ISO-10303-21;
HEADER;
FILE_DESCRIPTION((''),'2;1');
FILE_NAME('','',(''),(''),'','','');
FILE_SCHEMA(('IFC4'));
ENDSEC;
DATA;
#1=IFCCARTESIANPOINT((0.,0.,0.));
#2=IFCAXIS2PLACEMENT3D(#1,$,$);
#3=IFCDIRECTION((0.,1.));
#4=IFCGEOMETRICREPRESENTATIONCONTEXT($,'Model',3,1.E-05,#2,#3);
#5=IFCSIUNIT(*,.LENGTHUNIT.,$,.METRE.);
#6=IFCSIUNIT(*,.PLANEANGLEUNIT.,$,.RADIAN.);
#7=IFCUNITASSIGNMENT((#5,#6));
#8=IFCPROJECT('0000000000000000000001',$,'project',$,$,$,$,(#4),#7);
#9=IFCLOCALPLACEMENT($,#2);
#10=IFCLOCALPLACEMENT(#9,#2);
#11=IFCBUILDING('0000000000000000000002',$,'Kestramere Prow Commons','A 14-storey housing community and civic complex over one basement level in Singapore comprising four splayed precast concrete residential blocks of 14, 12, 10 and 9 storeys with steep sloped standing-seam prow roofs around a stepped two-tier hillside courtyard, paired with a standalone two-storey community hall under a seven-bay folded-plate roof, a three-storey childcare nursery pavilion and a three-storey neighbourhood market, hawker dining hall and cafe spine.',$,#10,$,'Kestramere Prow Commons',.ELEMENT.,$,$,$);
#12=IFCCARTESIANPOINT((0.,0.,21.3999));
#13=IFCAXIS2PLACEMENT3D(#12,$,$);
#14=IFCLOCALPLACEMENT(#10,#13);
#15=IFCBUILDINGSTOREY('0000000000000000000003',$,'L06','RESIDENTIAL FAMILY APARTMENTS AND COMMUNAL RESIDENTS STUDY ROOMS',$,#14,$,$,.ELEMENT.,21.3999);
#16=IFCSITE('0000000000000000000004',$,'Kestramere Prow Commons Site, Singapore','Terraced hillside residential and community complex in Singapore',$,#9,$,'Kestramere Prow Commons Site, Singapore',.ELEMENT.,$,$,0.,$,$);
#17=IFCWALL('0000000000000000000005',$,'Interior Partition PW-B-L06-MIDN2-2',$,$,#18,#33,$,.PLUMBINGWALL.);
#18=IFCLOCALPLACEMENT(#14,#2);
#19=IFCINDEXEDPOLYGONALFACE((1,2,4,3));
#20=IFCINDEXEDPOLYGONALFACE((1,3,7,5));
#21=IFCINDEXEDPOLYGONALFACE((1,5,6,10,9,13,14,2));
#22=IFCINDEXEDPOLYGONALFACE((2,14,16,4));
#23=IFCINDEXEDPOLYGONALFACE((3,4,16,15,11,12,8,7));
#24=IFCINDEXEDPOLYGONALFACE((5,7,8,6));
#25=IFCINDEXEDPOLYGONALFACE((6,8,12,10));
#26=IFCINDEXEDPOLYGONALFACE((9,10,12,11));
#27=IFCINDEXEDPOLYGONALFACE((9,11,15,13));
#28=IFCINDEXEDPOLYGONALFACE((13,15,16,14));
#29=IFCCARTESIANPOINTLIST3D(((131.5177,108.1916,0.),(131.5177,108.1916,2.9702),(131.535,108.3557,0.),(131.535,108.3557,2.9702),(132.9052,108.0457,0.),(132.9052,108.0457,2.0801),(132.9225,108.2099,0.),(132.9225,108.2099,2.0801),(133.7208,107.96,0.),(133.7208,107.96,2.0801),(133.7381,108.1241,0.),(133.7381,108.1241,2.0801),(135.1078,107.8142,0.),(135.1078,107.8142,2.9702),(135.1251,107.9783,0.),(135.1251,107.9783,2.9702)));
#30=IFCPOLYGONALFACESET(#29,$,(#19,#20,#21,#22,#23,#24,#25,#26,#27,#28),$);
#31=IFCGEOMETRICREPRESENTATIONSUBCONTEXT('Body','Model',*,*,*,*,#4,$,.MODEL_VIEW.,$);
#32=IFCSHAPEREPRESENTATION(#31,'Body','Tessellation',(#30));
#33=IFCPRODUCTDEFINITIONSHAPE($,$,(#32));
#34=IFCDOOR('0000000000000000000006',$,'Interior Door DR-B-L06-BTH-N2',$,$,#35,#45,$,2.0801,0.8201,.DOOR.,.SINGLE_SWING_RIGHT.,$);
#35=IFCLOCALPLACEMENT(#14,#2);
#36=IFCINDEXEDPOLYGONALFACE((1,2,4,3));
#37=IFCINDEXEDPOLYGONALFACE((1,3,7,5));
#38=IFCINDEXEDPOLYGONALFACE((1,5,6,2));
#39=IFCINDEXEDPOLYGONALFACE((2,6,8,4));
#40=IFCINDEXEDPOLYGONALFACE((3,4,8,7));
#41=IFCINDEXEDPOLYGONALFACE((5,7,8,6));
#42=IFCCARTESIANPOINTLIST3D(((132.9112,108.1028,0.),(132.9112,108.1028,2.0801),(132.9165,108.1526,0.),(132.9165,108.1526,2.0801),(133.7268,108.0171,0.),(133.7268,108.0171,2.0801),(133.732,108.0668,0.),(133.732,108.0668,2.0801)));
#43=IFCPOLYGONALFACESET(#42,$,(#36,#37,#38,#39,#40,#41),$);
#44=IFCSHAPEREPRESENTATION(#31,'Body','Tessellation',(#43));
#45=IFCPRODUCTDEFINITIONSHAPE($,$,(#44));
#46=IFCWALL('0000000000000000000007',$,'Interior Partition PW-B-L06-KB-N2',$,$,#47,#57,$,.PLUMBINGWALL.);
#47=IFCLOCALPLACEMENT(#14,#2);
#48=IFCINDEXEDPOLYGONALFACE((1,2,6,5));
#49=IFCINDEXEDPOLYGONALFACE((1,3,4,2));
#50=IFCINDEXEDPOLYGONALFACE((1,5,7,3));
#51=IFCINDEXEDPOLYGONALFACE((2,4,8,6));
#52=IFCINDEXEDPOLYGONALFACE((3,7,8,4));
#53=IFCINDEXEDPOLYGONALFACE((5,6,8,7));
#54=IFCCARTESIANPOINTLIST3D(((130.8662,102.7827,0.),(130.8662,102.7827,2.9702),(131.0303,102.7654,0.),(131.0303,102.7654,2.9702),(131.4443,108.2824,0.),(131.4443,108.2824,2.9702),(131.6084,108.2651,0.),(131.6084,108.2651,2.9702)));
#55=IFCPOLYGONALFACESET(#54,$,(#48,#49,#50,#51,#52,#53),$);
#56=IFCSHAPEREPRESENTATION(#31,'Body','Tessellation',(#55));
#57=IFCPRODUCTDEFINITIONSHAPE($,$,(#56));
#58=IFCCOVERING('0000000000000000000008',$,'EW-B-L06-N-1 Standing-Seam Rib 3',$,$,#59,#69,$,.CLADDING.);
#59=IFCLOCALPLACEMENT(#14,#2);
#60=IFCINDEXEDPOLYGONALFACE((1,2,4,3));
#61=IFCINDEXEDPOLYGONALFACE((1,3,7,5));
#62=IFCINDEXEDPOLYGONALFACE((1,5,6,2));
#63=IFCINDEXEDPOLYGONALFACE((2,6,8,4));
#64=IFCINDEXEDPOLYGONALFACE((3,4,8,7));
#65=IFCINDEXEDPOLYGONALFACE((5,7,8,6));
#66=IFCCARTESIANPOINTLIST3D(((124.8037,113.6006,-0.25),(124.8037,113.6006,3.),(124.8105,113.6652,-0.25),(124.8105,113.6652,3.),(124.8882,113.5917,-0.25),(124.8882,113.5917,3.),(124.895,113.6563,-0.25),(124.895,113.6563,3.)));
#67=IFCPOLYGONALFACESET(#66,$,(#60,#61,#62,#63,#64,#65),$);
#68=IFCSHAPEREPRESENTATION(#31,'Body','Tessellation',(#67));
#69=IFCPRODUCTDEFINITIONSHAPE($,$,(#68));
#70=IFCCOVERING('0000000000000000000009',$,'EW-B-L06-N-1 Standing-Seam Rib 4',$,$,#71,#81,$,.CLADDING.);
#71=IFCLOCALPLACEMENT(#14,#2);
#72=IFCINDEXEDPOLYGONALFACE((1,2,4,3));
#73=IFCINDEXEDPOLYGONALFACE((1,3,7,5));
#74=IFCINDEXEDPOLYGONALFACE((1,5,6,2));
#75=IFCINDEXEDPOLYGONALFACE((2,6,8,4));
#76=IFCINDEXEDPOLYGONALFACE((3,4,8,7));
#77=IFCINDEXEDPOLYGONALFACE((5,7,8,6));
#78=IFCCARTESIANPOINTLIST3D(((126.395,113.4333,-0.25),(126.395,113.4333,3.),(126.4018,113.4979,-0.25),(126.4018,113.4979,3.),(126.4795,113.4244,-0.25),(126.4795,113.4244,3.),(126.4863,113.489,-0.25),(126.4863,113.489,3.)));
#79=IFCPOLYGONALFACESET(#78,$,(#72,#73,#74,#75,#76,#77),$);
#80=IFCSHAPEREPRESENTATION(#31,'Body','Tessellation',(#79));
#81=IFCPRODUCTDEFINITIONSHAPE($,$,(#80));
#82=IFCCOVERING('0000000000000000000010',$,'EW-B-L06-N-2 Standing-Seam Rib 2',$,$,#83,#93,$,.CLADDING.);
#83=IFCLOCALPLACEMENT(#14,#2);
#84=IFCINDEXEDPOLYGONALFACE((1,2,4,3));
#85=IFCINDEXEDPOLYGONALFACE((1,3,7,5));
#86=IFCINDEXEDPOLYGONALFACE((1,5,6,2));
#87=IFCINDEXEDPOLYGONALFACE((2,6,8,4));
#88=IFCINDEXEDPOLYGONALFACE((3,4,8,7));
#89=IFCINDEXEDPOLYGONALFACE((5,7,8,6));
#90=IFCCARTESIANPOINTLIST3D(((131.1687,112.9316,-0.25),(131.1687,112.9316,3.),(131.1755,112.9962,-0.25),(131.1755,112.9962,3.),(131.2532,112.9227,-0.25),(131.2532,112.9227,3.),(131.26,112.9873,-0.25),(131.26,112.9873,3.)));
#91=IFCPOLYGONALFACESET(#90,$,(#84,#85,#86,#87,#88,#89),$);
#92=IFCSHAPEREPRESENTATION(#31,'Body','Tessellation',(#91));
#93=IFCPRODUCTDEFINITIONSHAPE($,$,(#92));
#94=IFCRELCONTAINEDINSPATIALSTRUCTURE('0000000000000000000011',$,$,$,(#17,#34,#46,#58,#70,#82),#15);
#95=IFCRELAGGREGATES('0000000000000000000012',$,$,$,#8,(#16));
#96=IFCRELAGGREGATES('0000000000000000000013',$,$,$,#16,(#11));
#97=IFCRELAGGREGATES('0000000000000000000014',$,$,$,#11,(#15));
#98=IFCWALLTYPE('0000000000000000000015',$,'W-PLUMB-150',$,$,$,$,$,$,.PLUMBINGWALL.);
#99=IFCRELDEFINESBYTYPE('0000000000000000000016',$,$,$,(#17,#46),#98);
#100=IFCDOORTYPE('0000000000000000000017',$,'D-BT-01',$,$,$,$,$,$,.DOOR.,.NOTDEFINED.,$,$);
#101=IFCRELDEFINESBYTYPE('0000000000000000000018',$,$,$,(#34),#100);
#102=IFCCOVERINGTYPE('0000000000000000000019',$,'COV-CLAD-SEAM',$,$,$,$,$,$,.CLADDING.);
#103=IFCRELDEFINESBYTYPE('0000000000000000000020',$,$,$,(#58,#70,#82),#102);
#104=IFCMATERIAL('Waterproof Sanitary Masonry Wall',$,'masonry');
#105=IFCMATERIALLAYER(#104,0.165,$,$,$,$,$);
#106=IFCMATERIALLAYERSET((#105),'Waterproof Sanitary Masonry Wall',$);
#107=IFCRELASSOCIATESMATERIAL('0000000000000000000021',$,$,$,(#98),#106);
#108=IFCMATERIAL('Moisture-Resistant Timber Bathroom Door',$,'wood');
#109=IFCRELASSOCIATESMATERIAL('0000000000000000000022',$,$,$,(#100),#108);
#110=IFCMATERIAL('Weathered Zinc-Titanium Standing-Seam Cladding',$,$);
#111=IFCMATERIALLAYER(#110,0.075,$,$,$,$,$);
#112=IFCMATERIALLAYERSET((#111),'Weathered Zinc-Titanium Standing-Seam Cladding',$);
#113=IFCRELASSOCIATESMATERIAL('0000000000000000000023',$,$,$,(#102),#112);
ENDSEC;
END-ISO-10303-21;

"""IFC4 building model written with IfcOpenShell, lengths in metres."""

from ifc_helpers import new_model, si_unit, direction, frame, frame_2d, origin, origin_2d, place, context, subcontext, project, spatial, rectangle, extrude, material, layer, layer_set, type_object, element, fill, save


model = new_model("IFC4")

# Units and contexts
model_context = context("Model", 3, precision=1e-05, world=origin(), true_north=direction((0.0, 1.0)))
body_context = subcontext(model_context, "Body", "Model", "MODEL_VIEW")
ifc_project = project(units=[si_unit("LENGTHUNIT", "METRE"), si_unit("PLANEANGLEUNIT", "RADIAN")], contexts=[model_context])

# Site, building, storey
site_placement = place(None, origin())
site = spatial("IfcSite", under=ifc_project, at=site_placement, Name="Kestramere Prow Commons Site, Singapore", Description="Terraced hillside residential and community complex in Singapore", LongName="Kestramere Prow Commons Site, Singapore", CompositionType="ELEMENT", RefElevation=0.0)
building_placement = place(site_placement, origin())
building = spatial("IfcBuilding", under=site, at=building_placement, Name="Kestramere Prow Commons", Description="A 14-storey housing community and civic complex over one basement level in Singapore comprising four splayed precast concrete residential blocks of 14, 12, 10 and 9 storeys with steep sloped standing-seam prow roofs around a stepped two-tier hillside courtyard, paired with a standalone two-storey community hall under a seven-bay folded-plate roof, a three-storey childcare nursery pavilion and a three-storey neighbourhood market, hawker dining hall and cafe spine.", LongName="Kestramere Prow Commons", CompositionType="ELEMENT")
storey_placement = place(building_placement, frame((0.0, 0.0, 21.3999)))
storey = spatial("IfcBuildingStorey", under=building, at=storey_placement, Name="L06", Description="RESIDENTIAL FAMILY APARTMENTS AND COMMUNAL RESIDENTS STUDY ROOMS", CompositionType="ELEMENT", Elevation=21.3999)

# Wall, opening, door
ifc_material_1 = material(Name="Waterproof Sanitary Masonry Wall", Category="masonry")
ifc_layer_1 = layer(ifc_material_1, 0.165)
ifc_layer_set_1 = layer_set([ifc_layer_1], Name="Waterproof Sanitary Masonry Wall")
wall_type_1 = type_object("IfcWallType", Name="W-PLUMB-150", PredefinedType="PLUMBINGWALL", material=ifc_layer_set_1)
ifc_material_2 = material(Name="Moisture-Resistant Timber Bathroom Door", Category="wood")
door_type_1 = type_object("IfcDoorType", Name="D-BT-01", OperationType="NOTDEFINED", PredefinedType="DOOR", material=ifc_material_2)
wall_1_placement = place(storey_placement, frame((131.5264, 108.2737, 0.0), z_axis=(0.0, 0.0, 1.0), x_axis=(0.994519, -0.104558, 0.0)))
wall_1 = element("IfcWall", 1, at=wall_1_placement, inside=storey, type_object=wall_type_1, Name="Interior Partition PW-B-L06-MIDN2-2", PredefinedType="PLUMBINGWALL", context=body_context, shape_type="SweptSolid", body=[
    extrude(rectangle(XDim=3.6099, YDim=0.165, at=frame_2d((1.8049, 0.0))), origin(), (0.0, 0.0, 1.0), 2.9702),
])
opening_1_placement = place(wall_1_placement, frame((1.395, 0.0, 0.0)))
opening_1 = element("IfcOpeningElement", 2, at=opening_1_placement, cuts=wall_1, PredefinedType="OPENING", context=body_context, shape_type="SweptSolid", body=[
    extrude(rectangle(XDim=0.8201, YDim=2.0801, at=frame_2d((0.4102, 1.04))), frame((0.0, 0.0974, 0.0), z_axis=(0.0, -1.0, 0.0), x_axis=(1.0, 0.0, 0.0)), (0.0, 0.0, 1.0), 0.1951),
])
door_1_placement = place(opening_1_placement, origin())
door_1 = element("IfcDoor", 3, at=door_1_placement, inside=storey, type_object=door_type_1, Name="Interior Door DR-B-L06-BTH-N2", OperationType="SINGLE_SWING_RIGHT", OverallHeight=2.0801, OverallWidth=0.8201, PredefinedType="DOOR", context=body_context, shape_type="SweptSolid", body=[
    extrude(rectangle(XDim=0.8201, YDim=2.0801, at=frame_2d((0.4102, 1.04))), frame((0.0, 0.0249, 0.0), z_axis=(0.0, -1.0, 0.0), x_axis=(1.0, 0.0, 0.0)), (0.0, 0.0, 1.0), 0.05),
])
fill(opening_1, door_1)

# Wall
wall_2_placement = place(storey_placement, frame((130.9482, 102.7739, 0.0), z_axis=(0.0, 0.0, 1.0), x_axis=(0.104542, 0.99452, 0.0)))
element("IfcWall", 4, at=wall_2_placement, inside=storey, type_object=wall_type_1, Name="Interior Partition PW-B-L06-KB-N2", PredefinedType="PLUMBINGWALL", context=body_context, shape_type="SweptSolid", body=[
    extrude(rectangle(XDim=5.53, YDim=0.165, at=frame_2d((2.7651, 0.0))), origin(), (0.0, 0.0, 1.0), 2.9702),
])

# Coverings
ifc_material_3 = material(Name="Weathered Zinc-Titanium Standing-Seam Cladding")
ifc_layer_2 = layer(ifc_material_3, 0.075)
ifc_layer_set_2 = layer_set([ifc_layer_2], Name="Weathered Zinc-Titanium Standing-Seam Cladding")
covering_type = type_object("IfcCoveringType", Name="COV-CLAD-SEAM", PredefinedType="CLADDING", material=ifc_layer_set_2)
for number, where, z_axis, x_axis, name in (
    (5, (124.8494, 113.6284, -0.25), (0.0, 0.0, 1.0), (0.994522, -0.104528, 0.0), "EW-B-L06-N-1 Standing-Seam Rib 3"),
    (6, (126.4407, 113.4612, -0.25), (0.0, 0.0, 1.0), (0.994522, -0.104528, 0.0), "EW-B-L06-N-1 Standing-Seam Rib 4"),
    (7, (131.2144, 112.9595, -0.25), (0.0, 0.0, 1.0), (0.994522, -0.104528, 0.0), "EW-B-L06-N-2 Standing-Seam Rib 2"),
):
    element("IfcCovering", number, at=place(storey_placement, frame(where, z_axis=z_axis, x_axis=x_axis)), inside=storey, type_object=covering_type, Name=name, PredefinedType="CLADDING", context=body_context, shape_type="SweptSolid", body=[
        extrude(rectangle(XDim=0.085, YDim=0.0649, at=origin_2d()), origin(), (0.0, 0.0, 1.0), 3.25),
    ])

save(model, "model.ifc")
